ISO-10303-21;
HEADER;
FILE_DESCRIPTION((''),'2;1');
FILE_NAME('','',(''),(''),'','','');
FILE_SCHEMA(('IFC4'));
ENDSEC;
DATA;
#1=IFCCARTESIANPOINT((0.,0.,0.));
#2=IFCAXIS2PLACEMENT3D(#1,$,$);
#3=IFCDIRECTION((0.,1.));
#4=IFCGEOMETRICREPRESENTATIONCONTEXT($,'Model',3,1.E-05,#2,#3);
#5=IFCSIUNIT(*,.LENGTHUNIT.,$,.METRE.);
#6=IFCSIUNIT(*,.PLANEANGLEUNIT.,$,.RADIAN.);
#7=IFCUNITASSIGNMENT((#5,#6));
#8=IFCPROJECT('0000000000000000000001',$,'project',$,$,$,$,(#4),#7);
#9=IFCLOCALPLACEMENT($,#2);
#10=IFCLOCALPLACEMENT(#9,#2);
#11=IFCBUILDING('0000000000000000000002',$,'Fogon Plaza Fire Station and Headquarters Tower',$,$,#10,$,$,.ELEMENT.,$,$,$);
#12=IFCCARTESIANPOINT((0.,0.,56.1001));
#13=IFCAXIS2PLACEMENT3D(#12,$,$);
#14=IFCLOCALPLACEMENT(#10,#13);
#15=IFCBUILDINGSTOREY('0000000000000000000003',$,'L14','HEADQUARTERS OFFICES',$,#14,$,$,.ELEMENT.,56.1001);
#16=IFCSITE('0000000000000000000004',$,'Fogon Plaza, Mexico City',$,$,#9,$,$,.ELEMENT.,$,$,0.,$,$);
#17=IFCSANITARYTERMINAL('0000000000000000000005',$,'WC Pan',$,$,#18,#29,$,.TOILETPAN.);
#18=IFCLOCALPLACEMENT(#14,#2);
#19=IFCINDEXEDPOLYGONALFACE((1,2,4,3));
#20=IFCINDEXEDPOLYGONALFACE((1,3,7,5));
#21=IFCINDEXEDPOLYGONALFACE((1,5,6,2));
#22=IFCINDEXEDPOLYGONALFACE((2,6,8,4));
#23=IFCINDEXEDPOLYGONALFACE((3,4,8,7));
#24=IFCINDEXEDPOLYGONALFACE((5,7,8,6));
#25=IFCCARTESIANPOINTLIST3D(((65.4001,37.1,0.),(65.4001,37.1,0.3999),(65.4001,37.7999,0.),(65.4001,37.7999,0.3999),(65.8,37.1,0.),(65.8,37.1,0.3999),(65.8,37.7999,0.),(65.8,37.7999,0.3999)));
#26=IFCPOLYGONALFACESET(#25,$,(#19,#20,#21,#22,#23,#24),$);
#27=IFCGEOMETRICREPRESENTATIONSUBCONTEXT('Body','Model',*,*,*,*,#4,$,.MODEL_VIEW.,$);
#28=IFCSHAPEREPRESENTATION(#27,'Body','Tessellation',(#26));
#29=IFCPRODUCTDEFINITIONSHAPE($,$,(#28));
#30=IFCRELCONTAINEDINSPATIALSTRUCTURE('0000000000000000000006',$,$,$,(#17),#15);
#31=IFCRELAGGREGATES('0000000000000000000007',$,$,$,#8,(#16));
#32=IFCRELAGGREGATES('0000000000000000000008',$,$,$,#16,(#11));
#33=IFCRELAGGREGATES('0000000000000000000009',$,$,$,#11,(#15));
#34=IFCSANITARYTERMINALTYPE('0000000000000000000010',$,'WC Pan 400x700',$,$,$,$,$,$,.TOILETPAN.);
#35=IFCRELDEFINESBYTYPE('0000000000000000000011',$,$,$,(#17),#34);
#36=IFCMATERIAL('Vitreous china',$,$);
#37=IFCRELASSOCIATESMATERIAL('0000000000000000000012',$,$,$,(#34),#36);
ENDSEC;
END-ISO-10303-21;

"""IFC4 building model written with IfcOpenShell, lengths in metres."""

from ifc_helpers import new_model, si_unit, direction, frame, origin, origin_2d, place, context, subcontext, project, spatial, rectangle, extrude, material, type_object, element, save


model = new_model("IFC4")

# Units and contexts
model_context = context("Model", 3, precision=1e-05, world=origin(), true_north=direction((0.0, 1.0)))
body_context = subcontext(model_context, "Body", "Model", "MODEL_VIEW")
ifc_project = project(units=[si_unit("LENGTHUNIT", "METRE"), si_unit("PLANEANGLEUNIT", "RADIAN")], contexts=[model_context])

# Site, building, storey
site_placement = place(None, origin())
site = spatial("IfcSite", under=ifc_project, at=site_placement, Name="Fogon Plaza, Mexico City", CompositionType="ELEMENT", RefElevation=0.0)
building_placement = place(site_placement, origin())
building = spatial("IfcBuilding", under=site, at=building_placement, Name="Fogon Plaza Fire Station and Headquarters Tower", CompositionType="ELEMENT")
storey_placement = place(building_placement, frame((0.0, 0.0, 56.1001)))
storey = spatial("IfcBuildingStorey", under=building, at=storey_placement, Name="L14", Description="HEADQUARTERS OFFICES", CompositionType="ELEMENT", Elevation=56.1001)

# Sanitary terminal
ifc_material_1 = material(Name="Vitreous china")
sanitary_terminal_type_1 = type_object("IfcSanitaryTerminalType", Name="WC Pan 400x700", PredefinedType="TOILETPAN", material=ifc_material_1)
sanitary_terminal_1_placement = place(storey_placement, frame((65.6001, 37.45, 0.0), z_axis=(0.0, 0.0, 1.0), x_axis=(1.0, 0.0, 0.0)))
element("IfcSanitaryTerminal", 1, at=sanitary_terminal_1_placement, inside=storey, type_object=sanitary_terminal_type_1, Name="WC Pan", PredefinedType="TOILETPAN", context=body_context, shape_type="SweptSolid", body=[
    extrude(rectangle(XDim=0.3999, YDim=0.7, at=origin_2d()), origin(), (0.0, 0.0, 1.0), 0.3999),
])

save(model, "model.ifc")
